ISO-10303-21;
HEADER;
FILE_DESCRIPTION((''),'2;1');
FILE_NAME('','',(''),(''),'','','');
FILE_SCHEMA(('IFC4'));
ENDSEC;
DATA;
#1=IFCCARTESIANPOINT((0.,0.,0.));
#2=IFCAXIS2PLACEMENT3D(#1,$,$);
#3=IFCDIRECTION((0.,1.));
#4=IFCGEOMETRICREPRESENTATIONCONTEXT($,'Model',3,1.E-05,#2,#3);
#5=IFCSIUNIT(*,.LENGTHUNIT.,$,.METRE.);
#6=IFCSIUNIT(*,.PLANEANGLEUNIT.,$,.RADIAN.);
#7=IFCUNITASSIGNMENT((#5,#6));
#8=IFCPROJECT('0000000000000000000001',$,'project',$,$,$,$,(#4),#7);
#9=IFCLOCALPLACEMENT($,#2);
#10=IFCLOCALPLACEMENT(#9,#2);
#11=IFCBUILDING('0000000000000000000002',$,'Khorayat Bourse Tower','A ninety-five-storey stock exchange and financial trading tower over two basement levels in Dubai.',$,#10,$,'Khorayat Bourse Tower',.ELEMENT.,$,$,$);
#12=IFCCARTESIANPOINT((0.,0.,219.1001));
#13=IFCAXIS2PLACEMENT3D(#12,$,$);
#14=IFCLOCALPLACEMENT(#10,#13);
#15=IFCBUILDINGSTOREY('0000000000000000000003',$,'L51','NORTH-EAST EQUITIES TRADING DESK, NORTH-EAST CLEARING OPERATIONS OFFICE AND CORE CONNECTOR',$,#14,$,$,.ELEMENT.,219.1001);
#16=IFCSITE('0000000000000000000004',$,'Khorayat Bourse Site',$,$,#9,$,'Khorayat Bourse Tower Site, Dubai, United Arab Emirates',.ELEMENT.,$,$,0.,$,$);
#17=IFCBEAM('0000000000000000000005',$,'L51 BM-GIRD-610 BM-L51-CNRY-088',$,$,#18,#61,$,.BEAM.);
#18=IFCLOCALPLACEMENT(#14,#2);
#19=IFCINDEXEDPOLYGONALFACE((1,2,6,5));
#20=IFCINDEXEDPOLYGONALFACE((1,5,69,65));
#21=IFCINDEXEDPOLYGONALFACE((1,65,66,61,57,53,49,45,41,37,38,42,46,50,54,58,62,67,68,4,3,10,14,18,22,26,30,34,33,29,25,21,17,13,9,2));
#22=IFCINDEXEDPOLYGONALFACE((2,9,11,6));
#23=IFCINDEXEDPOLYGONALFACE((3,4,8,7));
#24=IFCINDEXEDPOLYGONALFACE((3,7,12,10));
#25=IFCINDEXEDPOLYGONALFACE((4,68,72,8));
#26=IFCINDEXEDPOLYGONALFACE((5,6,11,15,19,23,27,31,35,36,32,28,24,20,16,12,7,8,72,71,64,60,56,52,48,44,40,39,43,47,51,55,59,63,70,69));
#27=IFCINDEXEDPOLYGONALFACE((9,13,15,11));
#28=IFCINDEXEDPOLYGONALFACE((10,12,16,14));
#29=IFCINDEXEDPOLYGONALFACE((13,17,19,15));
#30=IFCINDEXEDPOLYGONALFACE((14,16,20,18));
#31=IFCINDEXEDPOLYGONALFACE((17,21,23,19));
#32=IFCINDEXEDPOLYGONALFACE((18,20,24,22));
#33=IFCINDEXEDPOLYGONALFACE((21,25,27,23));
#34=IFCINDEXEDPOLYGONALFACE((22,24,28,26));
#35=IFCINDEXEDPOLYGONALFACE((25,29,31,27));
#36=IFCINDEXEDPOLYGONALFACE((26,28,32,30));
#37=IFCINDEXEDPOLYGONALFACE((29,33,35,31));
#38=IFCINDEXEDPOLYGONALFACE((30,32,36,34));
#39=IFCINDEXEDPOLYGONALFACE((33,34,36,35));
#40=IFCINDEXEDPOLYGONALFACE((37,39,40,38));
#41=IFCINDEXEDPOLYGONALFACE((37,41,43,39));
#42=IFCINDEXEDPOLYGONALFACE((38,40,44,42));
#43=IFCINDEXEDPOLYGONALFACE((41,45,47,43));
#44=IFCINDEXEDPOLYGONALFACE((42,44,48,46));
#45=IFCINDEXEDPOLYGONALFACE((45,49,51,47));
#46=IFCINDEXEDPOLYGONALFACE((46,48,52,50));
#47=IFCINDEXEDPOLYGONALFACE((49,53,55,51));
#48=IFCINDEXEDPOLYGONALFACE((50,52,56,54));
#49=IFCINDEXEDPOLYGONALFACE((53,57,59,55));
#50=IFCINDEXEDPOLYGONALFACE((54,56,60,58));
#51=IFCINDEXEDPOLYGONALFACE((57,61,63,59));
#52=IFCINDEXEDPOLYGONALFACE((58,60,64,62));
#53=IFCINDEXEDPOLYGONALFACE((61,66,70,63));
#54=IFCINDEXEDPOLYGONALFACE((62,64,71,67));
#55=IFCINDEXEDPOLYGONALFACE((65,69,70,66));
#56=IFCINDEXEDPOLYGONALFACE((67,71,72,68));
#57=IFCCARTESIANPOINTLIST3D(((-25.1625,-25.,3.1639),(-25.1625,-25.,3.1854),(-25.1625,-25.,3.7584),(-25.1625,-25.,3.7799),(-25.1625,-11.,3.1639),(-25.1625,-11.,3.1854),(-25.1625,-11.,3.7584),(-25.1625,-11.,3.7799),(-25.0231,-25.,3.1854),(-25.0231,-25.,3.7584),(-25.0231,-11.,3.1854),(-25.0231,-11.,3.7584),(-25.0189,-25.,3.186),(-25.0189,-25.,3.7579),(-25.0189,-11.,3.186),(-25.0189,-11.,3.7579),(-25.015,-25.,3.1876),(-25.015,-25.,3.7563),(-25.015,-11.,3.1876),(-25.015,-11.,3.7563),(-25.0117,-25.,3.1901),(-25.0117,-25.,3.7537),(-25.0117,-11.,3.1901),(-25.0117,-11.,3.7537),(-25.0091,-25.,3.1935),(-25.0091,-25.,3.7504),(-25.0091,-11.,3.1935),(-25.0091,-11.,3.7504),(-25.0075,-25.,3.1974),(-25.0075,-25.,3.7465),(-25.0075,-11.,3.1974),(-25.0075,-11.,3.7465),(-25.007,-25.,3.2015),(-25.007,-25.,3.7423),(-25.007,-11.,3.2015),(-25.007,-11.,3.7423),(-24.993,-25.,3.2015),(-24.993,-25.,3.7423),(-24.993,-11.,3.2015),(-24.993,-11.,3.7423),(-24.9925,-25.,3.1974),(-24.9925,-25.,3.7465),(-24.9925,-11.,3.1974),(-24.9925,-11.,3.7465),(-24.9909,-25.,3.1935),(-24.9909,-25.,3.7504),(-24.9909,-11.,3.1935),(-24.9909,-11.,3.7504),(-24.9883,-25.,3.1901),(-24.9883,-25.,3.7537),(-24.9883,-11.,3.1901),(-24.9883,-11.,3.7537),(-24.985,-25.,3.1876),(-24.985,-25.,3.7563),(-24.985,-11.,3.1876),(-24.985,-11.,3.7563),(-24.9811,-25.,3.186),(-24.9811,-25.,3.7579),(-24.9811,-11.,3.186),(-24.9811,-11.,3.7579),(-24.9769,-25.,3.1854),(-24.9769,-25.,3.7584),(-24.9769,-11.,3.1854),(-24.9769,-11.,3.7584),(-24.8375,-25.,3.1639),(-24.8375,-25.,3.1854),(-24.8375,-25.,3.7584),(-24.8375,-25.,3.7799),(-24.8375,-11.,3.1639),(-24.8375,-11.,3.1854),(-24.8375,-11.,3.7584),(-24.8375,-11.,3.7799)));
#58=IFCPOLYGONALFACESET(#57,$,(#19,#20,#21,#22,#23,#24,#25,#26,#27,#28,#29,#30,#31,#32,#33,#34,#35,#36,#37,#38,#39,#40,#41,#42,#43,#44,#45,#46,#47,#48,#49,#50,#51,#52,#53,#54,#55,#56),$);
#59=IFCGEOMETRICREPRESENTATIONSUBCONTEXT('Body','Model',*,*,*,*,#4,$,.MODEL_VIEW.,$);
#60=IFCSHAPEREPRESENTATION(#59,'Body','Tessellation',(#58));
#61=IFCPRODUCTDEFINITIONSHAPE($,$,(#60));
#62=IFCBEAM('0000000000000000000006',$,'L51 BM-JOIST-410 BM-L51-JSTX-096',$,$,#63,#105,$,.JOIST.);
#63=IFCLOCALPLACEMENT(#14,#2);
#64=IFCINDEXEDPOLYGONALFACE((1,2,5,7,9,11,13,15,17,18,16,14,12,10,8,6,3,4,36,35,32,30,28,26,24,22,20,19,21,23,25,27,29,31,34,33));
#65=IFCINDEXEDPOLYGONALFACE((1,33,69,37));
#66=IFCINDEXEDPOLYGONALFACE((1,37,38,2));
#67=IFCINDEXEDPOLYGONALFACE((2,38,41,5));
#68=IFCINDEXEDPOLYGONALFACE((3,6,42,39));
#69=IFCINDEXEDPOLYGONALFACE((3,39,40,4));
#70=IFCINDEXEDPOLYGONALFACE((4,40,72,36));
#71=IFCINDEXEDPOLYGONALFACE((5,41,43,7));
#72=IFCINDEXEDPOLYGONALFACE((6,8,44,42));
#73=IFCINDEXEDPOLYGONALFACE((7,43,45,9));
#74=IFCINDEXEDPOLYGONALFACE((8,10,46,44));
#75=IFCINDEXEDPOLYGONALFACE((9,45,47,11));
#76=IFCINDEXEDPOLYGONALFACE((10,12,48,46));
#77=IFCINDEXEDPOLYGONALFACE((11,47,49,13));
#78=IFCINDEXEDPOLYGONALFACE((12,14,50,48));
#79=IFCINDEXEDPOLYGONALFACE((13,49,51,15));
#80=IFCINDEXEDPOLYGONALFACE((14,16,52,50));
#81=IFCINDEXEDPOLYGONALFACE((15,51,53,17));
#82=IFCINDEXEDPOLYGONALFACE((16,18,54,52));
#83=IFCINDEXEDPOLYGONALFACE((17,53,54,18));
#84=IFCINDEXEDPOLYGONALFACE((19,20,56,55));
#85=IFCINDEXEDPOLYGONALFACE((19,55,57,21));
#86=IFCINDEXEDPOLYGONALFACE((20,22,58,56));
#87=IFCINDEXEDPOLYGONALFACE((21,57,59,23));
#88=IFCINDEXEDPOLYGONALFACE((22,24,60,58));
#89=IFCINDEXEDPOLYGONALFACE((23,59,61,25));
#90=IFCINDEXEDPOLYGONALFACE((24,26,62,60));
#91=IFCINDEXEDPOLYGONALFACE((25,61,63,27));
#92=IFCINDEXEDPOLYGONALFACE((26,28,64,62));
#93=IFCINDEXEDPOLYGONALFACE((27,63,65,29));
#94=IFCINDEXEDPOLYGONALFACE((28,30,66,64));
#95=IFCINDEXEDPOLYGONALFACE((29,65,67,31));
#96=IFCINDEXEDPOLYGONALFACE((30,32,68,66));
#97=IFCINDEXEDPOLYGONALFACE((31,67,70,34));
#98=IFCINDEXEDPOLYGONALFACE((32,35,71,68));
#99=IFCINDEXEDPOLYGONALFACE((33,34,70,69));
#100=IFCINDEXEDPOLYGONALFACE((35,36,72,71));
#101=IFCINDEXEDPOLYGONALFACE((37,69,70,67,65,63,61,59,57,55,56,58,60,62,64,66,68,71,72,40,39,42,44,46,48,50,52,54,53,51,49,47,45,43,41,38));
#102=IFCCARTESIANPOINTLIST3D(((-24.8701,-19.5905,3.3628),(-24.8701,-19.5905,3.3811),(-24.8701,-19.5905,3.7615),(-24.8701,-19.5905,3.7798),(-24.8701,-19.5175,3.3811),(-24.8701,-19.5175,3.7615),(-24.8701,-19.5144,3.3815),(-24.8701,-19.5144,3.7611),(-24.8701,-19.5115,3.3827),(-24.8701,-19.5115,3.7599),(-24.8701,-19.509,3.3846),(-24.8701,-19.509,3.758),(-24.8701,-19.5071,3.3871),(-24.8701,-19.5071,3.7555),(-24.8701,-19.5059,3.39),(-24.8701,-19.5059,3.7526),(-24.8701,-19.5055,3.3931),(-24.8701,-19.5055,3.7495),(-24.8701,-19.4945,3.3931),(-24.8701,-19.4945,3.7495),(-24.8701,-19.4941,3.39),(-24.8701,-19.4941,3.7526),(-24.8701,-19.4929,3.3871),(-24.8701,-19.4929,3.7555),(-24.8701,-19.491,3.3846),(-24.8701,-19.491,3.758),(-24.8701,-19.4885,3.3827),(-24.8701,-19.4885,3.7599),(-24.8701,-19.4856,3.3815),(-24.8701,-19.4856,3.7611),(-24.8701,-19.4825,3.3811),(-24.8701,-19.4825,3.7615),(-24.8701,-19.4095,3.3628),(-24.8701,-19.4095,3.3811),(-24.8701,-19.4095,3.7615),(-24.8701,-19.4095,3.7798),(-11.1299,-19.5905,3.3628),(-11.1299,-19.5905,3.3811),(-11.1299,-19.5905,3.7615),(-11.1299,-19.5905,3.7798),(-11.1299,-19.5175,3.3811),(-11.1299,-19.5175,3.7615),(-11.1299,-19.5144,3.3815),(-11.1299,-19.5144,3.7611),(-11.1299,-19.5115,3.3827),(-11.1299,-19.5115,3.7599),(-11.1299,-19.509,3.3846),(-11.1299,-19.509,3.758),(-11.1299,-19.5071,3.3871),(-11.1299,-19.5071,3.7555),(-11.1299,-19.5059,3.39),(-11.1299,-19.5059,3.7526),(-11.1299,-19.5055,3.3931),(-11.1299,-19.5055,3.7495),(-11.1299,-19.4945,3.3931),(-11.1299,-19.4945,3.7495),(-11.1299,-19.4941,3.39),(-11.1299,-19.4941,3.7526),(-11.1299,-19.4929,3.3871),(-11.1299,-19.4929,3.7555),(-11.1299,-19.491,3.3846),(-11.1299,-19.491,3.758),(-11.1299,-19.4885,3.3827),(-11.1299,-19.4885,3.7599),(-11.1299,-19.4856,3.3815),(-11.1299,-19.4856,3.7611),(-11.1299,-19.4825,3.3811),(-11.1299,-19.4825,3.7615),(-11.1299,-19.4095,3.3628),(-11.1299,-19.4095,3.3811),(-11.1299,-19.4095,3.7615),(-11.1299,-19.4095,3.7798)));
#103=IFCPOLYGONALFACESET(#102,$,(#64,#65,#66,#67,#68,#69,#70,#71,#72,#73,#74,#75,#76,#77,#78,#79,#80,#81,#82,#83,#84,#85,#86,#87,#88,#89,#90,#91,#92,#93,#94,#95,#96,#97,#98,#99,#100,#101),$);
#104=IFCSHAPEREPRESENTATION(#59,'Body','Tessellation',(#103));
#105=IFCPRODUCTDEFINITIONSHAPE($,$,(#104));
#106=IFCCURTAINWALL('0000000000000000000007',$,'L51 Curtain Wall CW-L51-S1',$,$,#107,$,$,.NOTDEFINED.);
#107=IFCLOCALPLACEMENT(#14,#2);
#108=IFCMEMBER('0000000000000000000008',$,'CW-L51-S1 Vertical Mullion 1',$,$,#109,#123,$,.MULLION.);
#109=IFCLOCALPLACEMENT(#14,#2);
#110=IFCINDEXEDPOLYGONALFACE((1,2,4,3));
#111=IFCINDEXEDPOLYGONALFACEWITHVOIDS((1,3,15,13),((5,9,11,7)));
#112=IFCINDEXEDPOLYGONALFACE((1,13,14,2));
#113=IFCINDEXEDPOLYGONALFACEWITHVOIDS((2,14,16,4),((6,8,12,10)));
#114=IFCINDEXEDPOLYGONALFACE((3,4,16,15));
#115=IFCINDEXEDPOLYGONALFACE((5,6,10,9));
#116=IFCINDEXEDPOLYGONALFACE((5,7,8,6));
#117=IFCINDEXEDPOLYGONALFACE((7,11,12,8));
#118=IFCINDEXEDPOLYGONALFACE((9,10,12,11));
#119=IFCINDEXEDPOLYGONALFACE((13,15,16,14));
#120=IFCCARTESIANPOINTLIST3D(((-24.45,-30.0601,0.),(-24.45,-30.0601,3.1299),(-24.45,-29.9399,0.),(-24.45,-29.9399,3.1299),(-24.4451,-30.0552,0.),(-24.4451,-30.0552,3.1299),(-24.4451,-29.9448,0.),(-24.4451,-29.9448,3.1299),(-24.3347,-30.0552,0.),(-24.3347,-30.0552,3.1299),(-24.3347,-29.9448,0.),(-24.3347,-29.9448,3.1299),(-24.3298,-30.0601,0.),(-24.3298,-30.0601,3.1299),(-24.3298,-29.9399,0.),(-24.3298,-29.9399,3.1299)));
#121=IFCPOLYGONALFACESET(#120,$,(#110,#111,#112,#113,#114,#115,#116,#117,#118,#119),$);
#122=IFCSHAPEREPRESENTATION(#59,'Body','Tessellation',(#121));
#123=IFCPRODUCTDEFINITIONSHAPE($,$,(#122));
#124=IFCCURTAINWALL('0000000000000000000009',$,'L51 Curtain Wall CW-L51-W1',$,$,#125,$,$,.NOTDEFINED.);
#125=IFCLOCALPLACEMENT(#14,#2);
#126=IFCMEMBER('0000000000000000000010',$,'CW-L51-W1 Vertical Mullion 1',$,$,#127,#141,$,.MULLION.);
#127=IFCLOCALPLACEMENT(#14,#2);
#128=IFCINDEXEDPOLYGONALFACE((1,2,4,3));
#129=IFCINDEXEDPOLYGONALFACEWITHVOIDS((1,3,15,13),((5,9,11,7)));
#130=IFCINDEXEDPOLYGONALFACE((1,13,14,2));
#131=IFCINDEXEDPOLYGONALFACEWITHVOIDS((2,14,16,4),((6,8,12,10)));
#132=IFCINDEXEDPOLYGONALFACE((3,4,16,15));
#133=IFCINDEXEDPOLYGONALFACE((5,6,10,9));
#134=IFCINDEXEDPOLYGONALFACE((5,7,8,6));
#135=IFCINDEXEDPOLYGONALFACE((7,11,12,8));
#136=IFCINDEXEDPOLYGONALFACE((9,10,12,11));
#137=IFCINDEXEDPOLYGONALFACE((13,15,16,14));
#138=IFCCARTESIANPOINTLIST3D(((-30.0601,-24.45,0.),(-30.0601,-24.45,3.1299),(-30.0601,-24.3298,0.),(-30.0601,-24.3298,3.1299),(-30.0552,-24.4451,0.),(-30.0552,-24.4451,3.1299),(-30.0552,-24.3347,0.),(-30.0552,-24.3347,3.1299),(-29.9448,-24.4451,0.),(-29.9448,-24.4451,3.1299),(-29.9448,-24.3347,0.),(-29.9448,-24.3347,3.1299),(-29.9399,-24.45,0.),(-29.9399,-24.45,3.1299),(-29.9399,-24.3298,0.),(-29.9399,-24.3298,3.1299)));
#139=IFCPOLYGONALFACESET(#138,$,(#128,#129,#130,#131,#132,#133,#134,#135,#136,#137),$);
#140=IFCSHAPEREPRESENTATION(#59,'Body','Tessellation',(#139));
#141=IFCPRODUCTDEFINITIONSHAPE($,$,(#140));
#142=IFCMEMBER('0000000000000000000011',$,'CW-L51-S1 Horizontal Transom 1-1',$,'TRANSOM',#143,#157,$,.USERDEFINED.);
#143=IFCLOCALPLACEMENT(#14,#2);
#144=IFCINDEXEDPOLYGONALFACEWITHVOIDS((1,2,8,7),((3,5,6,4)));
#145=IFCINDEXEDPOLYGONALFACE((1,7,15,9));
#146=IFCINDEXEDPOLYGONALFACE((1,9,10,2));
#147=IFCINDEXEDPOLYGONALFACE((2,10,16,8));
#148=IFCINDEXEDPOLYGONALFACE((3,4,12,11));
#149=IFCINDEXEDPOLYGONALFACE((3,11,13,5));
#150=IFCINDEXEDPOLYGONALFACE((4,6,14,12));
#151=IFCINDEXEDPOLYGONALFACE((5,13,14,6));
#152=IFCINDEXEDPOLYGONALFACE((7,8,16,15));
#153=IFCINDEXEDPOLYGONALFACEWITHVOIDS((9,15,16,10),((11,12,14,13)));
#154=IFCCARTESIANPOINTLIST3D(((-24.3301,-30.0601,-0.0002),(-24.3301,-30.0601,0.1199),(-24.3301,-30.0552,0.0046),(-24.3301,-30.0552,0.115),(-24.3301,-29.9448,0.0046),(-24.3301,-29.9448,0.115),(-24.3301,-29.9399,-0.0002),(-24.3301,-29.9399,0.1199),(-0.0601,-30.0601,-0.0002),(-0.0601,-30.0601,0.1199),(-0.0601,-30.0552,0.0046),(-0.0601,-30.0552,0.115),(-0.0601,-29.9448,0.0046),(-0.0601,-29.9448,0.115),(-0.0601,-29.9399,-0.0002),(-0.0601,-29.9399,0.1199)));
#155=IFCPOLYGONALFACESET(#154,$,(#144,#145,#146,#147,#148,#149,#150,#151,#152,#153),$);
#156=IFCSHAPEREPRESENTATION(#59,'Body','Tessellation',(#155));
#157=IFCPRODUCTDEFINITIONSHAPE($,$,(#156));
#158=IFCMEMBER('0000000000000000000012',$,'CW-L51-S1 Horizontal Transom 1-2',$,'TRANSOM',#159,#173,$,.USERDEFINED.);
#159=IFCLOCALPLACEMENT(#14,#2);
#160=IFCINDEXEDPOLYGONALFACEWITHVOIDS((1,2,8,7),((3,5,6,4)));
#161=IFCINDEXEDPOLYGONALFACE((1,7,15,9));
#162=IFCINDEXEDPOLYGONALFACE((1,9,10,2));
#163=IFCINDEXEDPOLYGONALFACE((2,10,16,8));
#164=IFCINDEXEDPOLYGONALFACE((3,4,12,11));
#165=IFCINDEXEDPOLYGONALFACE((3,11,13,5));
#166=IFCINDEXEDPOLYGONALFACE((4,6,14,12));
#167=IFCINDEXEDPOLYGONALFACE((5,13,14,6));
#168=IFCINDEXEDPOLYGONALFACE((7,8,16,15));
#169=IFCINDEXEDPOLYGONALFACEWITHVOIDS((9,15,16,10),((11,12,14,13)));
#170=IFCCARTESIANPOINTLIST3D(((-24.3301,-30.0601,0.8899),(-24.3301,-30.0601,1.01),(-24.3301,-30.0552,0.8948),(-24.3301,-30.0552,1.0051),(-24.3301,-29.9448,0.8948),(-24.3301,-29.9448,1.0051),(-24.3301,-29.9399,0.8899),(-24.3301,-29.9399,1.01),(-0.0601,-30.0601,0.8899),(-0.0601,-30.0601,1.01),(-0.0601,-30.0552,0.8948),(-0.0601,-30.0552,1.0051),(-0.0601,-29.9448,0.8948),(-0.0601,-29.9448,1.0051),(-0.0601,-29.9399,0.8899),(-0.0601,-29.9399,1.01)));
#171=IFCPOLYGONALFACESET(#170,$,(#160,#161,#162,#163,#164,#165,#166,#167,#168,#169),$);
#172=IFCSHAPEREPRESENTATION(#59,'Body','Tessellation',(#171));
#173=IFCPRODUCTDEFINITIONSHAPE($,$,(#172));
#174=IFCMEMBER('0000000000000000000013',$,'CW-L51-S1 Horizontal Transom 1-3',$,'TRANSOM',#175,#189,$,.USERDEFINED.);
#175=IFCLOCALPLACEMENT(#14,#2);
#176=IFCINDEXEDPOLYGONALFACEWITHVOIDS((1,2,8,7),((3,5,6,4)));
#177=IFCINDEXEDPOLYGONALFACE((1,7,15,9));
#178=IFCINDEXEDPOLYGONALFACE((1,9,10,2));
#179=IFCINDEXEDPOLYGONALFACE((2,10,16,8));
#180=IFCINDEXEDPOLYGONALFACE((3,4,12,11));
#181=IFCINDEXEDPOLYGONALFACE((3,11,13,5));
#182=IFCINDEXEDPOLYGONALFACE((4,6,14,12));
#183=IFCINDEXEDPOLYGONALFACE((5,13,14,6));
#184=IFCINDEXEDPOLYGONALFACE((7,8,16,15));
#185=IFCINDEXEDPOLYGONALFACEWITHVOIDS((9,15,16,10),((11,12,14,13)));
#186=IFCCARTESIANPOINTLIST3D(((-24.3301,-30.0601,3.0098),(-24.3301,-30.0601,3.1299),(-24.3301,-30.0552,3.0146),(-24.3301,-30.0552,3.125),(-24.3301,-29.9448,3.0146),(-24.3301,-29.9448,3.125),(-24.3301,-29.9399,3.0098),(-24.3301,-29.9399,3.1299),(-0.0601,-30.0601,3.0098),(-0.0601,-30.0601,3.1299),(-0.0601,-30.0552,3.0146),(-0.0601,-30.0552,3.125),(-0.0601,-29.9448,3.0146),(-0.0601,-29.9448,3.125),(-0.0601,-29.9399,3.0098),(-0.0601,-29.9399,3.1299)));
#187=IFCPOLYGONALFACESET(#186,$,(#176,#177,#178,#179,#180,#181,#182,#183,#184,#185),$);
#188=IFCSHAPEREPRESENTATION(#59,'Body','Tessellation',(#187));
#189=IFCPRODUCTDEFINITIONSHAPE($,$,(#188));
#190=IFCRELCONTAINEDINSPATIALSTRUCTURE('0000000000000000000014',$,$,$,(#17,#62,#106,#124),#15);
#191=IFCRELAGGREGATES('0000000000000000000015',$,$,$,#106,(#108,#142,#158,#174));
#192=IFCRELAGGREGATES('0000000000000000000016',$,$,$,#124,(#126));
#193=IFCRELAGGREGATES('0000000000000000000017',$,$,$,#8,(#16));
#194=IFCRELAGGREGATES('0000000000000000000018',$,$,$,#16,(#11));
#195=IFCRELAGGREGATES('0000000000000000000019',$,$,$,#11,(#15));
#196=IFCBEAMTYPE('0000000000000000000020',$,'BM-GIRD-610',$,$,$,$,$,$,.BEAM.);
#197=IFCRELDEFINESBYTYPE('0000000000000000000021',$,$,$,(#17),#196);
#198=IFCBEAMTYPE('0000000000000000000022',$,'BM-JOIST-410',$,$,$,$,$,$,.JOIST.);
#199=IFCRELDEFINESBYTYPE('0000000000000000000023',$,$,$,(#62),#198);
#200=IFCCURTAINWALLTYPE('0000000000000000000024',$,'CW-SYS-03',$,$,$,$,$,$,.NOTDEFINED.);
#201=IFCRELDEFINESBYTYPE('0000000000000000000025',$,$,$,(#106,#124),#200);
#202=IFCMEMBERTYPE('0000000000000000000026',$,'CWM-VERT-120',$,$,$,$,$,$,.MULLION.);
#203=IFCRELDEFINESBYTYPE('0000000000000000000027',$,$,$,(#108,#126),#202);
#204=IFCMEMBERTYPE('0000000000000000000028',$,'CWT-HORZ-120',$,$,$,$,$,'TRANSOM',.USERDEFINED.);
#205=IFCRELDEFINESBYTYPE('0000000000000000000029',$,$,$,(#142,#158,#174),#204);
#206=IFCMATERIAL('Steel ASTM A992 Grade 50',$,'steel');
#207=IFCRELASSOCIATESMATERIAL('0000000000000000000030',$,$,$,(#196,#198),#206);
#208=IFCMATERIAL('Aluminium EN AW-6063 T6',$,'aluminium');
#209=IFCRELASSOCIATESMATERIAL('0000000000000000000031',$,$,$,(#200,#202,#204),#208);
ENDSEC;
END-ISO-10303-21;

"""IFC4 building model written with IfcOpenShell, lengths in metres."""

from ifc_helpers import new_model, si_unit, direction, frame, origin, origin_2d, place, context, subcontext, project, spatial, hollow_rectangle, i_section, extrude, source, transform, mapped, material, material_profile, profile_set, type_object, element, aggregate, save


model = new_model("IFC4")

# Units and contexts
model_context = context("Model", 3, precision=1e-05, world=origin(), true_north=direction((0.0, 1.0)))
body_context = subcontext(model_context, "Body", "Model", "MODEL_VIEW")
ifc_project = project(units=[si_unit("LENGTHUNIT", "METRE"), si_unit("PLANEANGLEUNIT", "RADIAN")], contexts=[model_context])

# Site, building, storey
site_placement = place(None, origin())
site = spatial("IfcSite", under=ifc_project, at=site_placement, Name="Khorayat Bourse Site", LongName="Khorayat Bourse Tower Site, Dubai, United Arab Emirates", CompositionType="ELEMENT", RefElevation=0.0)
building_placement = place(site_placement, origin())
building = spatial("IfcBuilding", under=site, at=building_placement, Name="Khorayat Bourse Tower", Description="A ninety-five-storey stock exchange and financial trading tower over two basement levels in Dubai.", LongName="Khorayat Bourse Tower", CompositionType="ELEMENT")
storey_placement = place(building_placement, frame((0.0, 0.0, 219.1001)))
storey = spatial("IfcBuildingStorey", under=building, at=storey_placement, Name="L51", Description="NORTH-EAST EQUITIES TRADING DESK, NORTH-EAST CLEARING OPERATIONS OFFICE AND CORE CONNECTOR", CompositionType="ELEMENT", Elevation=219.1001)

# Beams
ifc_material_1 = material(Name="Steel ASTM A992 Grade 50", Category="steel")
ifc_material_profile_1 = material_profile(ifc_material_1, i_section(OverallWidth=0.325, OverallDepth=0.616, WebThickness=0.0139, FlangeThickness=0.0215, FilletRadius=0.0161, at=origin_2d()), Name="W610X174")
ifc_profile_set_1 = profile_set([ifc_material_profile_1], Name="Steel ASTM A992 Grade 50")
beam_type_1 = type_object("IfcBeamType", Name="BM-GIRD-610", PredefinedType="BEAM", material=ifc_profile_set_1)
shared_shape_1 = source(origin(), body_context, "Body", "SweptSolid", [
    extrude(i_section(OverallWidth=0.325, OverallDepth=0.616, WebThickness=0.0139, FlangeThickness=0.0215, FilletRadius=0.0161, at=origin_2d()), origin(), (0.0, 0.0, 1.0), 14.0),
])
beam_1_placement = place(storey_placement, frame((-25.0, -25.0, 3.4719), z_axis=(0.0, 1.0, 0.0), x_axis=(-1.0, 0.0, 0.0)))
element("IfcBeam", 1, at=beam_1_placement, inside=storey, type_object=beam_type_1, Name="L51 BM-GIRD-610 BM-L51-CNRY-088", PredefinedType="BEAM", context=body_context, shape_type="MappedRepresentation", body=[
    mapped(shared_shape_1, transform((0.0, 0.0, 0.0), scale=1.0)),
])
ifc_material_profile_2 = material_profile(ifc_material_1, i_section(OverallWidth=0.1809, OverallDepth=0.417, WebThickness=0.011, FlangeThickness=0.0183, FilletRadius=0.012, at=origin_2d()), Name="W410X85")
ifc_profile_set_2 = profile_set([ifc_material_profile_2], Name="Steel ASTM A992 Grade 50")
beam_type_2 = type_object("IfcBeamType", Name="BM-JOIST-410", PredefinedType="JOIST", material=ifc_profile_set_2)
shared_shape_2 = source(origin(), body_context, "Body", "SweptSolid", [
    extrude(i_section(OverallWidth=0.1809, OverallDepth=0.417, WebThickness=0.011, FlangeThickness=0.0183, FilletRadius=0.012, at=origin_2d()), origin(), (0.0, 0.0, 1.0), 13.7402),
])
beam_2_placement = place(storey_placement, frame((-24.8701, -19.5, 3.5713), z_axis=(1.0, 0.0, 0.0), x_axis=(0.0, 1.0, 0.0)))
element("IfcBeam", 2, at=beam_2_placement, inside=storey, type_object=beam_type_2, Name="L51 BM-JOIST-410 BM-L51-JSTX-096", PredefinedType="JOIST", context=body_context, shape_type="MappedRepresentation", body=[
    mapped(shared_shape_2, transform((0.0, 0.0, 0.0), scale=1.0)),
])

# Curtain walls, members
ifc_material_2 = material(Name="Aluminium EN AW-6063 T6", Category="aluminium")
curtain_wall_type = type_object("IfcCurtainWallType", Name="CW-SYS-03", PredefinedType="NOTDEFINED", material=ifc_material_2)
curtain_wall_1_placement = place(storey_placement, origin())
curtain_wall_1 = element("IfcCurtainWall", 3, at=curtain_wall_1_placement, inside=storey, type_object=curtain_wall_type, Name="L51 Curtain Wall CW-L51-S1", PredefinedType="NOTDEFINED")
ifc_material_profile_3 = material_profile(ifc_material_2, hollow_rectangle(XDim=0.1201, YDim=0.1201, WallThickness=0.0049, at=origin_2d()), Name="ALU 120x120x5")
ifc_profile_set_3 = profile_set([ifc_material_profile_3], Name="Aluminium EN AW-6063 T6")
member_type_1 = type_object("IfcMemberType", Name="CWM-VERT-120", PredefinedType="MULLION", material=ifc_profile_set_3)
shared_shape_3 = source(origin(), body_context, "Body", "SweptSolid", [
    extrude(hollow_rectangle(XDim=0.1201, YDim=0.1201, WallThickness=0.0049, at=origin_2d()), origin(), (0.0, 0.0, 1.0), 3.1299),
])
member_1_placement = place(storey_placement, frame((-24.3899, -30.0, 0.0), z_axis=(0.0, 0.0, 1.0), x_axis=(0.0, 1.0, 0.0)))
member_1 = element("IfcMember", 4, at=member_1_placement, type_object=member_type_1, Name="CW-L51-S1 Vertical Mullion 1", PredefinedType="MULLION", context=body_context, shape_type="MappedRepresentation", body=[
    mapped(shared_shape_3, transform((0.0, 0.0, 0.0), scale=1.0)),
])
curtain_wall_2_placement = place(storey_placement, origin())
curtain_wall_2 = element("IfcCurtainWall", 5, at=curtain_wall_2_placement, inside=storey, type_object=curtain_wall_type, Name="L51 Curtain Wall CW-L51-W1", PredefinedType="NOTDEFINED")
member_2_placement = place(storey_placement, frame((-30.0, -24.3899, 0.0), z_axis=(0.0, 0.0, 1.0), x_axis=(-1.0, 0.0, 0.0)))
member_2 = element("IfcMember", 6, at=member_2_placement, type_object=member_type_1, Name="CW-L51-W1 Vertical Mullion 1", PredefinedType="MULLION", context=body_context, shape_type="MappedRepresentation", body=[
    mapped(shared_shape_3, transform((0.0, 0.0, 0.0), scale=1.0)),
])

# Members
ifc_material_profile_4 = material_profile(ifc_material_2, hollow_rectangle(XDim=0.1201, YDim=0.1201, WallThickness=0.0049, at=origin_2d()), Name="ALU 120x120x5")
ifc_profile_set_4 = profile_set([ifc_material_profile_4], Name="Aluminium EN AW-6063 T6")
member_type_2 = type_object("IfcMemberType", Name="CWT-HORZ-120", ElementType="TRANSOM", PredefinedType="USERDEFINED", material=ifc_profile_set_4)
shared_shape_4 = source(origin(), body_context, "Body", "SweptSolid", [
    extrude(hollow_rectangle(XDim=0.1201, YDim=0.1201, WallThickness=0.0049, at=origin_2d()), origin(), (0.0, 0.0, 1.0), 24.27),
])
member_3_placement = place(storey_placement, frame((-24.3301, -30.0, 0.0598), z_axis=(1.0, 0.0, 0.0), x_axis=(0.0, 1.0, 0.0)))
member_3 = element("IfcMember", 7, at=member_3_placement, type_object=member_type_2, Name="CW-L51-S1 Horizontal Transom 1-1", ObjectType="TRANSOM", PredefinedType="USERDEFINED", context=body_context, shape_type="MappedRepresentation", body=[
    mapped(shared_shape_4, transform((0.0, 0.0, 0.0), scale=1.0)),
])
member_4_placement = place(storey_placement, frame((-24.3301, -30.0, 0.95), z_axis=(1.0, 0.0, 0.0), x_axis=(0.0, 1.0, 0.0)))
member_4 = element("IfcMember", 8, at=member_4_placement, type_object=member_type_2, Name="CW-L51-S1 Horizontal Transom 1-2", ObjectType="TRANSOM", PredefinedType="USERDEFINED", context=body_context, shape_type="MappedRepresentation", body=[
    mapped(shared_shape_4, transform((0.0, 0.0, 0.0), scale=1.0)),
])
member_5_placement = place(storey_placement, frame((-24.3301, -30.0, 3.0698), z_axis=(1.0, 0.0, 0.0), x_axis=(0.0, 1.0, 0.0)))
member_5 = element("IfcMember", 9, at=member_5_placement, type_object=member_type_2, Name="CW-L51-S1 Horizontal Transom 1-3", ObjectType="TRANSOM", PredefinedType="USERDEFINED", context=body_context, shape_type="MappedRepresentation", body=[
    mapped(shared_shape_4, transform((0.0, 0.0, 0.0), scale=1.0)),
])
aggregate(curtain_wall_1, [member_1, member_3, member_4, member_5])
aggregate(curtain_wall_2, [member_2])

save(model, "model.ifc")
